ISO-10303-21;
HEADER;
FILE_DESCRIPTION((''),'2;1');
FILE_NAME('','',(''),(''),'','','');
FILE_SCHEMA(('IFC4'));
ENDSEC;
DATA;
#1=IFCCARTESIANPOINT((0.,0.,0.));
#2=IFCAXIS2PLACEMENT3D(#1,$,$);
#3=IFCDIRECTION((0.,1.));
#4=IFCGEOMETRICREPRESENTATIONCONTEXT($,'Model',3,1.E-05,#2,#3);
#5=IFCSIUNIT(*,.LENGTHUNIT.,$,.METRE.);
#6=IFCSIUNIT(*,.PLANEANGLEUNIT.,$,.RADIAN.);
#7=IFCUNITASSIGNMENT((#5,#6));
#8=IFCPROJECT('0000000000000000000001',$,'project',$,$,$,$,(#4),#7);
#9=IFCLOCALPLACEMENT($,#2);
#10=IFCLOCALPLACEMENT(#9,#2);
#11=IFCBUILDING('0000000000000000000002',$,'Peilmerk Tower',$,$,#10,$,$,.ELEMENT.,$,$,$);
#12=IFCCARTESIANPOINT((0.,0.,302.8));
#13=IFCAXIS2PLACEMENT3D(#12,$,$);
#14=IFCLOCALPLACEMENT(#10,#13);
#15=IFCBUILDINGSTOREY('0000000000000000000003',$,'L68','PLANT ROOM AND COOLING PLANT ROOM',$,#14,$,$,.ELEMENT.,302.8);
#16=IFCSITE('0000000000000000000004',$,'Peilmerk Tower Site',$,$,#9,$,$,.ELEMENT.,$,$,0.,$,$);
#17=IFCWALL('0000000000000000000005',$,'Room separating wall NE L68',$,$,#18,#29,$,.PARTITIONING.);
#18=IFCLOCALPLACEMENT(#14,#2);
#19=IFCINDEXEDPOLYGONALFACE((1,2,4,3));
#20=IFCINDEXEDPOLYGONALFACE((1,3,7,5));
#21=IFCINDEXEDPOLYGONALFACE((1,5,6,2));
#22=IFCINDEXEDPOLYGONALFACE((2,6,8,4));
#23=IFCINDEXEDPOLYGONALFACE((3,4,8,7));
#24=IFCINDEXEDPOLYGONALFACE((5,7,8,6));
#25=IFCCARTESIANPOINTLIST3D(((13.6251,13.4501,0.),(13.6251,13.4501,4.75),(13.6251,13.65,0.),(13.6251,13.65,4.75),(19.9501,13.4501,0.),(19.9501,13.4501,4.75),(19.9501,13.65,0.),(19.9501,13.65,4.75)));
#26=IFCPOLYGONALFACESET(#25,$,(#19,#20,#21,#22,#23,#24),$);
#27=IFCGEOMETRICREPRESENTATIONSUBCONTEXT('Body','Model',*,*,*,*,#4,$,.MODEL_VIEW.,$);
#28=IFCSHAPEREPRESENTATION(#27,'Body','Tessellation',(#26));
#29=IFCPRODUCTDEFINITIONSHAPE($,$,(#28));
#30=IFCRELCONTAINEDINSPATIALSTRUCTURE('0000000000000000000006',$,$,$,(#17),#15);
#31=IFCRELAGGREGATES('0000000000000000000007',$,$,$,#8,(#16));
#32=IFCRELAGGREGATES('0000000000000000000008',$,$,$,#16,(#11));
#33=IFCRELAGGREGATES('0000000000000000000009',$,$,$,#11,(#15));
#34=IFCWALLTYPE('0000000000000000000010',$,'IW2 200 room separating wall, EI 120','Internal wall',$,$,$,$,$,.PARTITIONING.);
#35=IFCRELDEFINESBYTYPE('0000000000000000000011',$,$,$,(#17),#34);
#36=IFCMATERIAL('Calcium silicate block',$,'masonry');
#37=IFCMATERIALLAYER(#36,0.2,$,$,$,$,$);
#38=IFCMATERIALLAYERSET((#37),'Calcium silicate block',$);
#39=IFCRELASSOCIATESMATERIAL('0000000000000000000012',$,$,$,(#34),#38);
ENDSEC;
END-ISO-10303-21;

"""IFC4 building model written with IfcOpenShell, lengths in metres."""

from ifc_helpers import new_model, si_unit, direction, frame, frame_2d, origin, place, context, subcontext, project, spatial, rectangle, extrude, material, layer, layer_set, type_object, element, save


model = new_model("IFC4")

# Units and contexts
model_context = context("Model", 3, precision=1e-05, world=origin(), true_north=direction((0.0, 1.0)))
body_context = subcontext(model_context, "Body", "Model", "MODEL_VIEW")
ifc_project = project(units=[si_unit("LENGTHUNIT", "METRE"), si_unit("PLANEANGLEUNIT", "RADIAN")], contexts=[model_context])

# Site, building, storey
site_placement = place(None, origin())
site = spatial("IfcSite", under=ifc_project, at=site_placement, Name="Peilmerk Tower Site", CompositionType="ELEMENT", RefElevation=0.0)
building_placement = place(site_placement, origin())
building = spatial("IfcBuilding", under=site, at=building_placement, Name="Peilmerk Tower", CompositionType="ELEMENT")
storey_placement = place(building_placement, frame((0.0, 0.0, 302.8)))
storey = spatial("IfcBuildingStorey", under=building, at=storey_placement, Name="L68", Description="PLANT ROOM AND COOLING PLANT ROOM", CompositionType="ELEMENT", Elevation=302.8)

# Wall
ifc_material_1 = material(Name="Calcium silicate block", Category="masonry")
ifc_layer_1 = layer(ifc_material_1, 0.2)
ifc_layer_set_1 = layer_set([ifc_layer_1], Name="Calcium silicate block")
wall_type_1 = type_object("IfcWallType", Name="IW2 200 room separating wall, EI 120", Description="Internal wall", PredefinedType="PARTITIONING", material=ifc_layer_set_1)
wall_1_placement = place(storey_placement, frame((13.625, 13.55, 0.0), z_axis=(0.0, 0.0, 1.0), x_axis=(1.0, 0.0, 0.0)))
element("IfcWall", 1, at=wall_1_placement, inside=storey, type_object=wall_type_1, Name="Room separating wall NE L68", PredefinedType="PARTITIONING", context=body_context, shape_type="SweptSolid", body=[
    extrude(rectangle(XDim=6.325, YDim=0.2, at=frame_2d((3.1626, 0.0))), origin(), (0.0, 0.0, 1.0), 4.75),
])

save(model, "model.ifc")
